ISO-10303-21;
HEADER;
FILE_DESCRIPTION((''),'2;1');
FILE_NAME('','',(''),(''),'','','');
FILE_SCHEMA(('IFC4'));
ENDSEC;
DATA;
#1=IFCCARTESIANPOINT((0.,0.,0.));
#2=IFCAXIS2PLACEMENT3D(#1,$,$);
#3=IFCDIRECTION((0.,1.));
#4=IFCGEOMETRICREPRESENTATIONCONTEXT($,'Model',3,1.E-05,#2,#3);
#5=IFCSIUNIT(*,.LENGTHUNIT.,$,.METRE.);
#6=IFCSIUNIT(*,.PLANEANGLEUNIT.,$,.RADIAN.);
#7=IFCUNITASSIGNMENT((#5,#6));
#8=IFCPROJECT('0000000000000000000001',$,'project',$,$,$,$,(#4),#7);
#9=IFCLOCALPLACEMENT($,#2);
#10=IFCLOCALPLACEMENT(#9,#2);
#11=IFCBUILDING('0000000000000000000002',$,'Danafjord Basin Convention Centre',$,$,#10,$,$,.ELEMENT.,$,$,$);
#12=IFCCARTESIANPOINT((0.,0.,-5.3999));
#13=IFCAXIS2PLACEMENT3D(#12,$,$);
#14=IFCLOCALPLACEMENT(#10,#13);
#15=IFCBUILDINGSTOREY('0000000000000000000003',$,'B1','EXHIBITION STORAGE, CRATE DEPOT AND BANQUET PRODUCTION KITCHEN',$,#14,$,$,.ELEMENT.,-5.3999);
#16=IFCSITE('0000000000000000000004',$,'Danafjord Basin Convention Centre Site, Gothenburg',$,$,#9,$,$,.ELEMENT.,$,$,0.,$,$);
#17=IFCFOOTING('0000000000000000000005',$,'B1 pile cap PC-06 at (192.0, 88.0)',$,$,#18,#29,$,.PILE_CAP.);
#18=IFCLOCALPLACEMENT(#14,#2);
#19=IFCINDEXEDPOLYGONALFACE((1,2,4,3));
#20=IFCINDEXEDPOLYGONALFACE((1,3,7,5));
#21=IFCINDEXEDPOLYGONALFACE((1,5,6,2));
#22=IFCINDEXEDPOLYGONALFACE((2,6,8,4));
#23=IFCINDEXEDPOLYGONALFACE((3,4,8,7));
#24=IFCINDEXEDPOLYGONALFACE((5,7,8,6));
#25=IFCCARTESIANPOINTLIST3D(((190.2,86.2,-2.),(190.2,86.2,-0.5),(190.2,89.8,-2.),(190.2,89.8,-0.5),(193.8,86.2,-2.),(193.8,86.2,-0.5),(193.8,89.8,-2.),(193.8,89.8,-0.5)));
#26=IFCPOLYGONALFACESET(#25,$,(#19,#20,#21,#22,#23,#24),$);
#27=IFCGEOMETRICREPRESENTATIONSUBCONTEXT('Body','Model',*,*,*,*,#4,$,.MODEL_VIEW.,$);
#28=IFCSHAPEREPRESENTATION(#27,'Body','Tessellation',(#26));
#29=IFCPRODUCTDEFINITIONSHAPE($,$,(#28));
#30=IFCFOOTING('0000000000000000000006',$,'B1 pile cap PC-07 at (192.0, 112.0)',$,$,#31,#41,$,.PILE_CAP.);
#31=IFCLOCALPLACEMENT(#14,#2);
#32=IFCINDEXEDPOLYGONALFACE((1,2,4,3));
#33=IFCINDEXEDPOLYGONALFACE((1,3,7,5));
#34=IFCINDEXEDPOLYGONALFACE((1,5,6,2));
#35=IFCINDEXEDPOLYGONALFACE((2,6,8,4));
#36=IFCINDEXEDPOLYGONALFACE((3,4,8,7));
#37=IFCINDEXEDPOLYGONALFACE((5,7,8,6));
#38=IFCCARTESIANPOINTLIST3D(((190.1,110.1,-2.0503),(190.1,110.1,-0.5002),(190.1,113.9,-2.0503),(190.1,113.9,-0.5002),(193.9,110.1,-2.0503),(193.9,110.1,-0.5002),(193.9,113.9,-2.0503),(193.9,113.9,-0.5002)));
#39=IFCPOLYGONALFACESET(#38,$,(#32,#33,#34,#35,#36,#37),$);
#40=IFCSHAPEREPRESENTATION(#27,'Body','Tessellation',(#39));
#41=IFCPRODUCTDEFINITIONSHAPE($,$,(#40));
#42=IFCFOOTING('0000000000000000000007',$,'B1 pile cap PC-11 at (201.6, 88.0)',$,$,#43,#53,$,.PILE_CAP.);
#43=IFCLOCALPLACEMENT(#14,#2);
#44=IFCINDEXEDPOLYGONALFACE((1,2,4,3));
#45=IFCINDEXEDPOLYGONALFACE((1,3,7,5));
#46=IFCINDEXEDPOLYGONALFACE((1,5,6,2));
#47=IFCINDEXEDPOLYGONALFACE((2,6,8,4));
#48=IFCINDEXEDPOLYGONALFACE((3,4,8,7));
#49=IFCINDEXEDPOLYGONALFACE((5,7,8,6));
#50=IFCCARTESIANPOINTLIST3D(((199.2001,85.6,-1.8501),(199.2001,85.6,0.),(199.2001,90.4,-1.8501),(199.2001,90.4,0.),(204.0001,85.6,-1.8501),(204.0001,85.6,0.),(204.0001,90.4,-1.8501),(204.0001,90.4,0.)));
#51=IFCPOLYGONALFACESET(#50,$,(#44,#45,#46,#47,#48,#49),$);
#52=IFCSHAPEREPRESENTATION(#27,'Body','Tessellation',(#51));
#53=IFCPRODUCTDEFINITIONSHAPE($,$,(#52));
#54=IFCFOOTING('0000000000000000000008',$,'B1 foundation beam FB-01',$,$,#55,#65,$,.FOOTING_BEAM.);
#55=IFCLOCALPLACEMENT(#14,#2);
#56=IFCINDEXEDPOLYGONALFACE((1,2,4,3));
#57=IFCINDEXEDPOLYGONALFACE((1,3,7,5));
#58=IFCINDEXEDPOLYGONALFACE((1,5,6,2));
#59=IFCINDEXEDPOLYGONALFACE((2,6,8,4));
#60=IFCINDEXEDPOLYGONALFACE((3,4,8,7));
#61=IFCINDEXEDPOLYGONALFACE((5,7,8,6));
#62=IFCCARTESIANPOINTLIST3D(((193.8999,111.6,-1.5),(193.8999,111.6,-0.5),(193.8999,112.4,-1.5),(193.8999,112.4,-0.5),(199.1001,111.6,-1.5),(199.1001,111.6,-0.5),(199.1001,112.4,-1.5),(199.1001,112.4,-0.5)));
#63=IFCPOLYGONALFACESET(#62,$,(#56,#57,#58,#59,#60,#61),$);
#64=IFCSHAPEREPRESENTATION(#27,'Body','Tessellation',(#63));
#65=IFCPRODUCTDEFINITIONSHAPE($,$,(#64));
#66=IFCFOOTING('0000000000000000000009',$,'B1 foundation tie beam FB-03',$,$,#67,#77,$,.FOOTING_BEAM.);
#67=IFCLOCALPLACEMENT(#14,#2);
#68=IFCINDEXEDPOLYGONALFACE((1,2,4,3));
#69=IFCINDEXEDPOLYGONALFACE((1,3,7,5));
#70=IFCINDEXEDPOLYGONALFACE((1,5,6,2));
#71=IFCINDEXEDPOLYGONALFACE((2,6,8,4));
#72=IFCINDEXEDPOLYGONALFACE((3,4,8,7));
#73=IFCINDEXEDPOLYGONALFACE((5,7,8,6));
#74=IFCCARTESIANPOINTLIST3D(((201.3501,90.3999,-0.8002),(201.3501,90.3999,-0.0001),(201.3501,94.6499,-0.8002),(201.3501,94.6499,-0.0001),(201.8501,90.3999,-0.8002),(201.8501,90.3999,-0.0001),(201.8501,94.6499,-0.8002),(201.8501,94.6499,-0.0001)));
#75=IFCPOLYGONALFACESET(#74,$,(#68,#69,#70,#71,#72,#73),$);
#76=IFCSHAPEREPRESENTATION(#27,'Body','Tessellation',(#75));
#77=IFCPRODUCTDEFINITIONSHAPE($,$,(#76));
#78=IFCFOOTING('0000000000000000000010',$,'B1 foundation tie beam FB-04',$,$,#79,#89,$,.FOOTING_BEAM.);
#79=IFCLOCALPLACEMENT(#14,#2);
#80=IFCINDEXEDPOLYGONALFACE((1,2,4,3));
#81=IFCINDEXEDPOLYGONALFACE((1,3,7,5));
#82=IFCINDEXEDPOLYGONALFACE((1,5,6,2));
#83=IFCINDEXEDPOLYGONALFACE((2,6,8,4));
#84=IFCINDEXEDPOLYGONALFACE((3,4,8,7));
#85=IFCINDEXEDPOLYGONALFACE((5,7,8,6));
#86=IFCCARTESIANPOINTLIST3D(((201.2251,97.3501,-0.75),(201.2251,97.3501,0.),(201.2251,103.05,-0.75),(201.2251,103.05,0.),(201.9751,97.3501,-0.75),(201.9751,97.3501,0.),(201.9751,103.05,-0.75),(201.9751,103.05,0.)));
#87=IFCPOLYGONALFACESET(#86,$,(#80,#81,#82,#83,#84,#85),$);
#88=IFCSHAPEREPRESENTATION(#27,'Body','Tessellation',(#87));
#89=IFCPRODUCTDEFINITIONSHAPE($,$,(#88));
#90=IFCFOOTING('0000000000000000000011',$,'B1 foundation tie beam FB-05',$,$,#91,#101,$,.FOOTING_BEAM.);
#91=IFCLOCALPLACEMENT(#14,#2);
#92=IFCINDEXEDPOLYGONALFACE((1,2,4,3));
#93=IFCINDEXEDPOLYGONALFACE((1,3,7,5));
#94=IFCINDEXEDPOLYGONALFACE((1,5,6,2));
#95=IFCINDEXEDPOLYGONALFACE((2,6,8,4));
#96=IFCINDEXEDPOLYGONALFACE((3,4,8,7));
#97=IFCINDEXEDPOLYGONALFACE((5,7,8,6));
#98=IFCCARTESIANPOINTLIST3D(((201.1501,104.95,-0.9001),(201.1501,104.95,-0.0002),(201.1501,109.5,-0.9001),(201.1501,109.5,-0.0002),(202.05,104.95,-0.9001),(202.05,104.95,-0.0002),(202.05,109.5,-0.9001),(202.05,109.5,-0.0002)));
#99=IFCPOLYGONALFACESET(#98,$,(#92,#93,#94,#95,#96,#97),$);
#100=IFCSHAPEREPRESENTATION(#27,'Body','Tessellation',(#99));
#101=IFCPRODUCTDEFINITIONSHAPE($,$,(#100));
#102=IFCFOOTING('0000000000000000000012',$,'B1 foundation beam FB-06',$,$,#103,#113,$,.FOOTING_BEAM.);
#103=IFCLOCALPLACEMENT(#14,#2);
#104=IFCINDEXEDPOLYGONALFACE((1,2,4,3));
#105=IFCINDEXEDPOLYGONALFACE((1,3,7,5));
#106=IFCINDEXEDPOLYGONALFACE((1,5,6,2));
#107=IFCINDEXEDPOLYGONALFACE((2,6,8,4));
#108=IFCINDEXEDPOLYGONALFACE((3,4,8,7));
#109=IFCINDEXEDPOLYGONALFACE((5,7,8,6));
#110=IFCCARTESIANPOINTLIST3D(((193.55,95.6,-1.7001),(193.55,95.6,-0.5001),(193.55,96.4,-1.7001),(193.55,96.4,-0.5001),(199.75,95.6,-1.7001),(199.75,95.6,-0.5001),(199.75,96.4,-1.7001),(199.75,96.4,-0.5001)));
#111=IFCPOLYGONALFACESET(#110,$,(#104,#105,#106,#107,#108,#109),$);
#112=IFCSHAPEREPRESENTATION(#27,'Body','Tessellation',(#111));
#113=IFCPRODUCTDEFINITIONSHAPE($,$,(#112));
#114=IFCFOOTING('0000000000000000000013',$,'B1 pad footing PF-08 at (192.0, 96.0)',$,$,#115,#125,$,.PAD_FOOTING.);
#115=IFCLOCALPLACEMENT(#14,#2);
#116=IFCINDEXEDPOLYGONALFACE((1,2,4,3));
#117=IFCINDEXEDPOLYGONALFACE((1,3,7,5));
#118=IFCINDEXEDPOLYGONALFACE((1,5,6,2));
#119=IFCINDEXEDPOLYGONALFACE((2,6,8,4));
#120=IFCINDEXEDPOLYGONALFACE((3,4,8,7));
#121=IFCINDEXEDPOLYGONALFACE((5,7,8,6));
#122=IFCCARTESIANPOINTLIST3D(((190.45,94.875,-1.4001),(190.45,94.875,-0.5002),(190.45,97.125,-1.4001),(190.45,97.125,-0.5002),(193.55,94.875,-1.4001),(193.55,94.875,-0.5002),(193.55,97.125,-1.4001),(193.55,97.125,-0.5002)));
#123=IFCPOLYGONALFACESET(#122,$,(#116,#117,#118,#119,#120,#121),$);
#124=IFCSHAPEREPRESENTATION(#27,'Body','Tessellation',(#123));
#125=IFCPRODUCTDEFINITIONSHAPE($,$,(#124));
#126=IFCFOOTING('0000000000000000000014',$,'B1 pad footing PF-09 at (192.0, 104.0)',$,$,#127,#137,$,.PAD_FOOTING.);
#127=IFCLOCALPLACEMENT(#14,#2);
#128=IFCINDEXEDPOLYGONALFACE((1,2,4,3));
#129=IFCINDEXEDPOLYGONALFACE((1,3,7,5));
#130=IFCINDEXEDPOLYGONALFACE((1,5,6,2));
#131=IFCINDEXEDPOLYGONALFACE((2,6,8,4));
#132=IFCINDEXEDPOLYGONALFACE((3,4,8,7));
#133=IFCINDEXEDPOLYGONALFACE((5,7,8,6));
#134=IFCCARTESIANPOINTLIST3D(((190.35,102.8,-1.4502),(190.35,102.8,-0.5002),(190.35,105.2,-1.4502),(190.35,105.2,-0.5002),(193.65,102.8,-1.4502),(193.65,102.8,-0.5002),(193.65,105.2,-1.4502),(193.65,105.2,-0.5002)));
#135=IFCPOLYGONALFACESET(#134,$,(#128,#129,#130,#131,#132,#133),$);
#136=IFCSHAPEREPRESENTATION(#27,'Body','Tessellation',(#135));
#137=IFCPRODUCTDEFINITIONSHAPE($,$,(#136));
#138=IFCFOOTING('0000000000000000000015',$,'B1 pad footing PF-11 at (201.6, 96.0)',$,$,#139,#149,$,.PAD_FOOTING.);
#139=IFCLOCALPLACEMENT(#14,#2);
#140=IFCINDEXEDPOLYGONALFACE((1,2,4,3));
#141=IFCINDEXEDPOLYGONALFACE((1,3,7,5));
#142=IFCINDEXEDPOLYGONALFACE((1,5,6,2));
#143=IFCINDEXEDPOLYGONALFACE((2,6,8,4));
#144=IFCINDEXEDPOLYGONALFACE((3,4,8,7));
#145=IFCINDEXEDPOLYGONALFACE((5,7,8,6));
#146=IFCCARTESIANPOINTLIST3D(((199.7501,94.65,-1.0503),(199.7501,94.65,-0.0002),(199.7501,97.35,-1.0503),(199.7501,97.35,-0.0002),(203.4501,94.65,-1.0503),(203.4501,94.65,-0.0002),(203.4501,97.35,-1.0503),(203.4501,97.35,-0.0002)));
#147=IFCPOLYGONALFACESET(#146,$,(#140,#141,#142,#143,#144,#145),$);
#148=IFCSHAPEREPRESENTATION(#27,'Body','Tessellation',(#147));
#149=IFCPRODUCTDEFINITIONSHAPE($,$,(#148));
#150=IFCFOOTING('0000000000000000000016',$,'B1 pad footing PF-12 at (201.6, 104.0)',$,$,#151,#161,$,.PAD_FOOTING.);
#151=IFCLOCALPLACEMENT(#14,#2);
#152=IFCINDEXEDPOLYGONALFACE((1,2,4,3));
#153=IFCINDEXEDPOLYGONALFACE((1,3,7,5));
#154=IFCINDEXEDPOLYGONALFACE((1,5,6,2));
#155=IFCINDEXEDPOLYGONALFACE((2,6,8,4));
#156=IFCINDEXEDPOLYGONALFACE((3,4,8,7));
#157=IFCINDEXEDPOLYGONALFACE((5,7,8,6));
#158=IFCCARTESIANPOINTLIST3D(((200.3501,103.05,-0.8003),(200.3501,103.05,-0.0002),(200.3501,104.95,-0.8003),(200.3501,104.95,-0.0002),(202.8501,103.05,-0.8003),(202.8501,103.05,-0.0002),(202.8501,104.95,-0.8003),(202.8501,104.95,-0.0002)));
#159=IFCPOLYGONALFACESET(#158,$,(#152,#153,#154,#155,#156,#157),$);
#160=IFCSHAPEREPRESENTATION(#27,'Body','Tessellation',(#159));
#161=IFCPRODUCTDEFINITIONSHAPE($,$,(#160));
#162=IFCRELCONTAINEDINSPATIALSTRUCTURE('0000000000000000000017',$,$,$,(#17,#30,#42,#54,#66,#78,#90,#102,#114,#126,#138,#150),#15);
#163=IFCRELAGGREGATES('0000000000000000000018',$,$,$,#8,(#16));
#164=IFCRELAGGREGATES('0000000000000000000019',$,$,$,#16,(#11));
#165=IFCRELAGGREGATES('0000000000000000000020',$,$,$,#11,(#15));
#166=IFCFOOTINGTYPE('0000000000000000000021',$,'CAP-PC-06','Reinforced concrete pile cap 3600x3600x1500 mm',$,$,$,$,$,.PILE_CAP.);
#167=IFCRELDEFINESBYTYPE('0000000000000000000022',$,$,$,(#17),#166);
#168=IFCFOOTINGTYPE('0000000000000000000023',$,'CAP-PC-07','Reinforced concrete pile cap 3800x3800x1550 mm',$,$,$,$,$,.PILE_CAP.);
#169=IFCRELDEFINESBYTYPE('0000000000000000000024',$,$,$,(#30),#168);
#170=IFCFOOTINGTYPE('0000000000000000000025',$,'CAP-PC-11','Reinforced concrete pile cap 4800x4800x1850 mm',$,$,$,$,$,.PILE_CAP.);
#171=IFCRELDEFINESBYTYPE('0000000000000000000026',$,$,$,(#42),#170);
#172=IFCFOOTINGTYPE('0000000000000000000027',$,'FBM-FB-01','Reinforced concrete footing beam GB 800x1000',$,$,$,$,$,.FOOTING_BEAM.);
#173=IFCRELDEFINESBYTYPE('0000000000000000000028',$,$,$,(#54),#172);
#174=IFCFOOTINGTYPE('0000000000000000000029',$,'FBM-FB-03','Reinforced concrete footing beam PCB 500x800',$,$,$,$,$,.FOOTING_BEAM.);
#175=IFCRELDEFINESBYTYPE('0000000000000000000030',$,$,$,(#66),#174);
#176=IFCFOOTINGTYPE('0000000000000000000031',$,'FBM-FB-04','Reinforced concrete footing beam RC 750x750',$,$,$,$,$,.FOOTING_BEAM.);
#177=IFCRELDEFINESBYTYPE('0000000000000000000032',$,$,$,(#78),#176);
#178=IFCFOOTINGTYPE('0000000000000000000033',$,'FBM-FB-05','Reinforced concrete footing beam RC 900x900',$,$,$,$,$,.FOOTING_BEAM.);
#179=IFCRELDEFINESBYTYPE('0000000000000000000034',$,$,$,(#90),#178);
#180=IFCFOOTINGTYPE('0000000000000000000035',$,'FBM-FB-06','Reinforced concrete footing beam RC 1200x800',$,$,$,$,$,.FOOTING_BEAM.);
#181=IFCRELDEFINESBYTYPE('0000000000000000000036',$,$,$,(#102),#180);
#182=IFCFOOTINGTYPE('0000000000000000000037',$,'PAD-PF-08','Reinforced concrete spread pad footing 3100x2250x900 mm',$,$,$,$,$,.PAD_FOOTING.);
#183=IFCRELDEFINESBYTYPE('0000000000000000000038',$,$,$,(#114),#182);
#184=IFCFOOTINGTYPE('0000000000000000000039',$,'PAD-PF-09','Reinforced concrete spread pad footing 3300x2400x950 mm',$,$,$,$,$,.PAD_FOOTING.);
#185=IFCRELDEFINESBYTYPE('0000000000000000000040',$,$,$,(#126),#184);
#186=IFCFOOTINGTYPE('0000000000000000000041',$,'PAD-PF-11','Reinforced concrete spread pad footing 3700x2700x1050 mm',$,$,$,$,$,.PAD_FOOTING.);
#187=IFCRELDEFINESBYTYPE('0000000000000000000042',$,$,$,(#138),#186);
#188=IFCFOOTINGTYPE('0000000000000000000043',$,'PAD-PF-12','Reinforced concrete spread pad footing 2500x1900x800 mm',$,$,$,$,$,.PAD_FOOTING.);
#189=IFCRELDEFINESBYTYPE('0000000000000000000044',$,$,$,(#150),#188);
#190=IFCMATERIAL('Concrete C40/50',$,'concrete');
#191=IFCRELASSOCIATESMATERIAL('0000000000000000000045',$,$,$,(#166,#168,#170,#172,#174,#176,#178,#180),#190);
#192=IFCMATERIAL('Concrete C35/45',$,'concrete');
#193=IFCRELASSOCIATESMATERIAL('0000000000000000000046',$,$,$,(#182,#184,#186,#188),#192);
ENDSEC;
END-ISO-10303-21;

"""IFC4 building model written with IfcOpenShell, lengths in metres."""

from ifc_helpers import new_model, si_unit, direction, frame, origin, origin_2d, place, context, subcontext, project, spatial, rectangle, extrude, material, material_profile, profile_set, type_object, element, save


model = new_model("IFC4")

# Units and contexts
model_context = context("Model", 3, precision=1e-05, world=origin(), true_north=direction((0.0, 1.0)))
body_context = subcontext(model_context, "Body", "Model", "MODEL_VIEW")
ifc_project = project(units=[si_unit("LENGTHUNIT", "METRE"), si_unit("PLANEANGLEUNIT", "RADIAN")], contexts=[model_context])

# Site, building, storey
site_placement = place(None, origin())
site = spatial("IfcSite", under=ifc_project, at=site_placement, Name="Danafjord Basin Convention Centre Site, Gothenburg", CompositionType="ELEMENT", RefElevation=0.0)
building_placement = place(site_placement, origin())
building = spatial("IfcBuilding", under=site, at=building_placement, Name="Danafjord Basin Convention Centre", CompositionType="ELEMENT")
storey_placement = place(building_placement, frame((0.0, 0.0, -5.3999)))
storey = spatial("IfcBuildingStorey", under=building, at=storey_placement, Name="B1", Description="EXHIBITION STORAGE, CRATE DEPOT AND BANQUET PRODUCTION KITCHEN", CompositionType="ELEMENT", Elevation=-5.3999)

# Footings
ifc_material_1 = material(Name="Concrete C40/50", Category="concrete")
footing_type_1 = type_object("IfcFootingType", Name="CAP-PC-06", Description="Reinforced concrete pile cap 3600x3600x1500 mm", PredefinedType="PILE_CAP", material=ifc_material_1)
footing_1_placement = place(storey_placement, frame((192.0, 88.0, -2.0), z_axis=(0.0, 0.0, 1.0), x_axis=(1.0, 0.0, 0.0)))
element("IfcFooting", 1, at=footing_1_placement, inside=storey, type_object=footing_type_1, Name="B1 pile cap PC-06 at (192.0, 88.0)", PredefinedType="PILE_CAP", context=body_context, shape_type="SweptSolid", body=[
    extrude(rectangle(XDim=3.6001, YDim=3.6001, at=origin_2d()), origin(), (0.0, 0.0, 1.0), 1.5),
])
footing_type_2 = type_object("IfcFootingType", Name="CAP-PC-07", Description="Reinforced concrete pile cap 3800x3800x1550 mm", PredefinedType="PILE_CAP", material=ifc_material_1)
footing_2_placement = place(storey_placement, frame((192.0, 112.0, -2.0503), z_axis=(0.0, 0.0, 1.0), x_axis=(1.0, 0.0, 0.0)))
element("IfcFooting", 2, at=footing_2_placement, inside=storey, type_object=footing_type_2, Name="B1 pile cap PC-07 at (192.0, 112.0)", PredefinedType="PILE_CAP", context=body_context, shape_type="SweptSolid", body=[
    extrude(rectangle(XDim=3.8, YDim=3.8, at=origin_2d()), origin(), (0.0, 0.0, 1.0), 1.55),
])
footing_type_3 = type_object("IfcFootingType", Name="CAP-PC-11", Description="Reinforced concrete pile cap 4800x4800x1850 mm", PredefinedType="PILE_CAP", material=ifc_material_1)
footing_3_placement = place(storey_placement, frame((201.6001, 88.0, -1.8501), z_axis=(0.0, 0.0, 1.0), x_axis=(1.0, 0.0, 0.0)))
element("IfcFooting", 3, at=footing_3_placement, inside=storey, type_object=footing_type_3, Name="B1 pile cap PC-11 at (201.6, 88.0)", PredefinedType="PILE_CAP", context=body_context, shape_type="SweptSolid", body=[
    extrude(rectangle(XDim=4.8, YDim=4.8, at=origin_2d()), origin(), (0.0, 0.0, 1.0), 1.8501),
])
ifc_material_profile_1 = material_profile(ifc_material_1, rectangle(XDim=0.8, YDim=1.0, at=origin_2d()), Name="GB 800x1000")
ifc_profile_set_1 = profile_set([ifc_material_profile_1], Name="Concrete C40/50")
footing_type_4 = type_object("IfcFootingType", Name="FBM-FB-01", Description="Reinforced concrete footing beam GB 800x1000", PredefinedType="FOOTING_BEAM", material=ifc_profile_set_1)
footing_4_placement = place(storey_placement, frame((193.8999, 112.0, -1.0), z_axis=(1.0, 0.0, 0.0), x_axis=(0.0, 1.0, 0.0)))
element("IfcFooting", 4, at=footing_4_placement, inside=storey, type_object=footing_type_4, Name="B1 foundation beam FB-01", PredefinedType="FOOTING_BEAM", context=body_context, shape_type="SweptSolid", body=[
    extrude(rectangle(XDim=0.8, YDim=1.0, at=origin_2d()), origin(), (0.0, 0.0, 1.0), 5.2002),
])
ifc_material_profile_2 = material_profile(ifc_material_1, rectangle(XDim=0.5, YDim=0.8, at=origin_2d()), Name="PCB 500x800")
ifc_profile_set_2 = profile_set([ifc_material_profile_2], Name="Concrete C40/50")
footing_type_5 = type_object("IfcFootingType", Name="FBM-FB-03", Description="Reinforced concrete footing beam PCB 500x800", PredefinedType="FOOTING_BEAM", material=ifc_profile_set_2)
footing_5_placement = place(storey_placement, frame((201.6001, 90.3999, -0.4001), z_axis=(0.0, 1.0, 0.0), x_axis=(-1.0, 0.0, 0.0)))
element("IfcFooting", 5, at=footing_5_placement, inside=storey, type_object=footing_type_5, Name="B1 foundation tie beam FB-03", PredefinedType="FOOTING_BEAM", context=body_context, shape_type="SweptSolid", body=[
    extrude(rectangle(XDim=0.5, YDim=0.8, at=origin_2d()), origin(), (0.0, 0.0, 1.0), 4.25),
])
ifc_material_profile_3 = material_profile(ifc_material_1, rectangle(XDim=0.75, YDim=0.75, at=origin_2d()), Name="RC 750x750")
ifc_profile_set_3 = profile_set([ifc_material_profile_3], Name="Concrete C40/50")
footing_type_6 = type_object("IfcFootingType", Name="FBM-FB-04", Description="Reinforced concrete footing beam RC 750x750", PredefinedType="FOOTING_BEAM", material=ifc_profile_set_3)
footing_6_placement = place(storey_placement, frame((201.6001, 97.3501, -0.375), z_axis=(0.0, 1.0, 0.0), x_axis=(-1.0, 0.0, 0.0)))
element("IfcFooting", 6, at=footing_6_placement, inside=storey, type_object=footing_type_6, Name="B1 foundation tie beam FB-04", PredefinedType="FOOTING_BEAM", context=body_context, shape_type="SweptSolid", body=[
    extrude(rectangle(XDim=0.75, YDim=0.75, at=origin_2d()), origin(), (0.0, 0.0, 1.0), 5.7),
])
ifc_material_profile_4 = material_profile(ifc_material_1, rectangle(XDim=0.8999, YDim=0.8999, at=origin_2d()), Name="RC 900x900")
ifc_profile_set_4 = profile_set([ifc_material_profile_4], Name="Concrete C40/50")
footing_type_7 = type_object("IfcFootingType", Name="FBM-FB-05", Description="Reinforced concrete footing beam RC 900x900", PredefinedType="FOOTING_BEAM", material=ifc_profile_set_4)
footing_7_placement = place(storey_placement, frame((201.6001, 104.95, -0.4502), z_axis=(0.0, 1.0, 0.0), x_axis=(-1.0, 0.0, 0.0)))
element("IfcFooting", 7, at=footing_7_placement, inside=storey, type_object=footing_type_7, Name="B1 foundation tie beam FB-05", PredefinedType="FOOTING_BEAM", context=body_context, shape_type="SweptSolid", body=[
    extrude(rectangle(XDim=0.8999, YDim=0.8999, at=origin_2d()), origin(), (0.0, 0.0, 1.0), 4.55),
])
ifc_material_profile_5 = material_profile(ifc_material_1, rectangle(XDim=0.8, YDim=1.2, at=origin_2d()), Name="RC 1200x800")
ifc_profile_set_5 = profile_set([ifc_material_profile_5], Name="Concrete C40/50")
footing_type_8 = type_object("IfcFootingType", Name="FBM-FB-06", Description="Reinforced concrete footing beam RC 1200x800", PredefinedType="FOOTING_BEAM", material=ifc_profile_set_5)
footing_8_placement = place(storey_placement, frame((193.55, 96.0, -1.1001), z_axis=(1.0, 0.0, 0.0), x_axis=(0.0, 1.0, 0.0)))
element("IfcFooting", 8, at=footing_8_placement, inside=storey, type_object=footing_type_8, Name="B1 foundation beam FB-06", PredefinedType="FOOTING_BEAM", context=body_context, shape_type="SweptSolid", body=[
    extrude(rectangle(XDim=0.8, YDim=1.2, at=origin_2d()), origin(), (0.0, 0.0, 1.0), 6.2),
])
ifc_material_2 = material(Name="Concrete C35/45", Category="concrete")
footing_type_9 = type_object("IfcFootingType", Name="PAD-PF-08", Description="Reinforced concrete spread pad footing 3100x2250x900 mm", PredefinedType="PAD_FOOTING", material=ifc_material_2)
footing_9_placement = place(storey_placement, frame((192.0, 96.0, -1.4001), z_axis=(0.0, 0.0, 1.0), x_axis=(1.0, 0.0, 0.0)))
element("IfcFooting", 9, at=footing_9_placement, inside=storey, type_object=footing_type_9, Name="B1 pad footing PF-08 at (192.0, 96.0)", PredefinedType="PAD_FOOTING", context=body_context, shape_type="SweptSolid", body=[
    extrude(rectangle(XDim=3.1001, YDim=2.25, at=origin_2d()), origin(), (0.0, 0.0, 1.0), 0.8999),
])
footing_type_10 = type_object("IfcFootingType", Name="PAD-PF-09", Description="Reinforced concrete spread pad footing 3300x2400x950 mm", PredefinedType="PAD_FOOTING", material=ifc_material_2)
footing_10_placement = place(storey_placement, frame((192.0, 104.0, -1.4502), z_axis=(0.0, 0.0, 1.0), x_axis=(1.0, 0.0, 0.0)))
element("IfcFooting", 10, at=footing_10_placement, inside=storey, type_object=footing_type_10, Name="B1 pad footing PF-09 at (192.0, 104.0)", PredefinedType="PAD_FOOTING", context=body_context, shape_type="SweptSolid", body=[
    extrude(rectangle(XDim=3.3, YDim=2.3999, at=origin_2d()), origin(), (0.0, 0.0, 1.0), 0.95),
])
footing_type_11 = type_object("IfcFootingType", Name="PAD-PF-11", Description="Reinforced concrete spread pad footing 3700x2700x1050 mm", PredefinedType="PAD_FOOTING", material=ifc_material_2)
footing_11_placement = place(storey_placement, frame((201.6001, 96.0, -1.0503), z_axis=(0.0, 0.0, 1.0), x_axis=(1.0, 0.0, 0.0)))
element("IfcFooting", 11, at=footing_11_placement, inside=storey, type_object=footing_type_11, Name="B1 pad footing PF-11 at (201.6, 96.0)", PredefinedType="PAD_FOOTING", context=body_context, shape_type="SweptSolid", body=[
    extrude(rectangle(XDim=3.7, YDim=2.7, at=origin_2d()), origin(), (0.0, 0.0, 1.0), 1.05),
])
footing_type_12 = type_object("IfcFootingType", Name="PAD-PF-12", Description="Reinforced concrete spread pad footing 2500x1900x800 mm", PredefinedType="PAD_FOOTING", material=ifc_material_2)
footing_12_placement = place(storey_placement, frame((201.6001, 104.0, -0.8003), z_axis=(0.0, 0.0, 1.0), x_axis=(1.0, 0.0, 0.0)))
element("IfcFooting", 12, at=footing_12_placement, inside=storey, type_object=footing_type_12, Name="B1 pad footing PF-12 at (201.6, 104.0)", PredefinedType="PAD_FOOTING", context=body_context, shape_type="SweptSolid", body=[
    extrude(rectangle(XDim=2.5, YDim=1.8999, at=origin_2d()), origin(), (0.0, 0.0, 1.0), 0.8),
])

save(model, "model.ifc")
